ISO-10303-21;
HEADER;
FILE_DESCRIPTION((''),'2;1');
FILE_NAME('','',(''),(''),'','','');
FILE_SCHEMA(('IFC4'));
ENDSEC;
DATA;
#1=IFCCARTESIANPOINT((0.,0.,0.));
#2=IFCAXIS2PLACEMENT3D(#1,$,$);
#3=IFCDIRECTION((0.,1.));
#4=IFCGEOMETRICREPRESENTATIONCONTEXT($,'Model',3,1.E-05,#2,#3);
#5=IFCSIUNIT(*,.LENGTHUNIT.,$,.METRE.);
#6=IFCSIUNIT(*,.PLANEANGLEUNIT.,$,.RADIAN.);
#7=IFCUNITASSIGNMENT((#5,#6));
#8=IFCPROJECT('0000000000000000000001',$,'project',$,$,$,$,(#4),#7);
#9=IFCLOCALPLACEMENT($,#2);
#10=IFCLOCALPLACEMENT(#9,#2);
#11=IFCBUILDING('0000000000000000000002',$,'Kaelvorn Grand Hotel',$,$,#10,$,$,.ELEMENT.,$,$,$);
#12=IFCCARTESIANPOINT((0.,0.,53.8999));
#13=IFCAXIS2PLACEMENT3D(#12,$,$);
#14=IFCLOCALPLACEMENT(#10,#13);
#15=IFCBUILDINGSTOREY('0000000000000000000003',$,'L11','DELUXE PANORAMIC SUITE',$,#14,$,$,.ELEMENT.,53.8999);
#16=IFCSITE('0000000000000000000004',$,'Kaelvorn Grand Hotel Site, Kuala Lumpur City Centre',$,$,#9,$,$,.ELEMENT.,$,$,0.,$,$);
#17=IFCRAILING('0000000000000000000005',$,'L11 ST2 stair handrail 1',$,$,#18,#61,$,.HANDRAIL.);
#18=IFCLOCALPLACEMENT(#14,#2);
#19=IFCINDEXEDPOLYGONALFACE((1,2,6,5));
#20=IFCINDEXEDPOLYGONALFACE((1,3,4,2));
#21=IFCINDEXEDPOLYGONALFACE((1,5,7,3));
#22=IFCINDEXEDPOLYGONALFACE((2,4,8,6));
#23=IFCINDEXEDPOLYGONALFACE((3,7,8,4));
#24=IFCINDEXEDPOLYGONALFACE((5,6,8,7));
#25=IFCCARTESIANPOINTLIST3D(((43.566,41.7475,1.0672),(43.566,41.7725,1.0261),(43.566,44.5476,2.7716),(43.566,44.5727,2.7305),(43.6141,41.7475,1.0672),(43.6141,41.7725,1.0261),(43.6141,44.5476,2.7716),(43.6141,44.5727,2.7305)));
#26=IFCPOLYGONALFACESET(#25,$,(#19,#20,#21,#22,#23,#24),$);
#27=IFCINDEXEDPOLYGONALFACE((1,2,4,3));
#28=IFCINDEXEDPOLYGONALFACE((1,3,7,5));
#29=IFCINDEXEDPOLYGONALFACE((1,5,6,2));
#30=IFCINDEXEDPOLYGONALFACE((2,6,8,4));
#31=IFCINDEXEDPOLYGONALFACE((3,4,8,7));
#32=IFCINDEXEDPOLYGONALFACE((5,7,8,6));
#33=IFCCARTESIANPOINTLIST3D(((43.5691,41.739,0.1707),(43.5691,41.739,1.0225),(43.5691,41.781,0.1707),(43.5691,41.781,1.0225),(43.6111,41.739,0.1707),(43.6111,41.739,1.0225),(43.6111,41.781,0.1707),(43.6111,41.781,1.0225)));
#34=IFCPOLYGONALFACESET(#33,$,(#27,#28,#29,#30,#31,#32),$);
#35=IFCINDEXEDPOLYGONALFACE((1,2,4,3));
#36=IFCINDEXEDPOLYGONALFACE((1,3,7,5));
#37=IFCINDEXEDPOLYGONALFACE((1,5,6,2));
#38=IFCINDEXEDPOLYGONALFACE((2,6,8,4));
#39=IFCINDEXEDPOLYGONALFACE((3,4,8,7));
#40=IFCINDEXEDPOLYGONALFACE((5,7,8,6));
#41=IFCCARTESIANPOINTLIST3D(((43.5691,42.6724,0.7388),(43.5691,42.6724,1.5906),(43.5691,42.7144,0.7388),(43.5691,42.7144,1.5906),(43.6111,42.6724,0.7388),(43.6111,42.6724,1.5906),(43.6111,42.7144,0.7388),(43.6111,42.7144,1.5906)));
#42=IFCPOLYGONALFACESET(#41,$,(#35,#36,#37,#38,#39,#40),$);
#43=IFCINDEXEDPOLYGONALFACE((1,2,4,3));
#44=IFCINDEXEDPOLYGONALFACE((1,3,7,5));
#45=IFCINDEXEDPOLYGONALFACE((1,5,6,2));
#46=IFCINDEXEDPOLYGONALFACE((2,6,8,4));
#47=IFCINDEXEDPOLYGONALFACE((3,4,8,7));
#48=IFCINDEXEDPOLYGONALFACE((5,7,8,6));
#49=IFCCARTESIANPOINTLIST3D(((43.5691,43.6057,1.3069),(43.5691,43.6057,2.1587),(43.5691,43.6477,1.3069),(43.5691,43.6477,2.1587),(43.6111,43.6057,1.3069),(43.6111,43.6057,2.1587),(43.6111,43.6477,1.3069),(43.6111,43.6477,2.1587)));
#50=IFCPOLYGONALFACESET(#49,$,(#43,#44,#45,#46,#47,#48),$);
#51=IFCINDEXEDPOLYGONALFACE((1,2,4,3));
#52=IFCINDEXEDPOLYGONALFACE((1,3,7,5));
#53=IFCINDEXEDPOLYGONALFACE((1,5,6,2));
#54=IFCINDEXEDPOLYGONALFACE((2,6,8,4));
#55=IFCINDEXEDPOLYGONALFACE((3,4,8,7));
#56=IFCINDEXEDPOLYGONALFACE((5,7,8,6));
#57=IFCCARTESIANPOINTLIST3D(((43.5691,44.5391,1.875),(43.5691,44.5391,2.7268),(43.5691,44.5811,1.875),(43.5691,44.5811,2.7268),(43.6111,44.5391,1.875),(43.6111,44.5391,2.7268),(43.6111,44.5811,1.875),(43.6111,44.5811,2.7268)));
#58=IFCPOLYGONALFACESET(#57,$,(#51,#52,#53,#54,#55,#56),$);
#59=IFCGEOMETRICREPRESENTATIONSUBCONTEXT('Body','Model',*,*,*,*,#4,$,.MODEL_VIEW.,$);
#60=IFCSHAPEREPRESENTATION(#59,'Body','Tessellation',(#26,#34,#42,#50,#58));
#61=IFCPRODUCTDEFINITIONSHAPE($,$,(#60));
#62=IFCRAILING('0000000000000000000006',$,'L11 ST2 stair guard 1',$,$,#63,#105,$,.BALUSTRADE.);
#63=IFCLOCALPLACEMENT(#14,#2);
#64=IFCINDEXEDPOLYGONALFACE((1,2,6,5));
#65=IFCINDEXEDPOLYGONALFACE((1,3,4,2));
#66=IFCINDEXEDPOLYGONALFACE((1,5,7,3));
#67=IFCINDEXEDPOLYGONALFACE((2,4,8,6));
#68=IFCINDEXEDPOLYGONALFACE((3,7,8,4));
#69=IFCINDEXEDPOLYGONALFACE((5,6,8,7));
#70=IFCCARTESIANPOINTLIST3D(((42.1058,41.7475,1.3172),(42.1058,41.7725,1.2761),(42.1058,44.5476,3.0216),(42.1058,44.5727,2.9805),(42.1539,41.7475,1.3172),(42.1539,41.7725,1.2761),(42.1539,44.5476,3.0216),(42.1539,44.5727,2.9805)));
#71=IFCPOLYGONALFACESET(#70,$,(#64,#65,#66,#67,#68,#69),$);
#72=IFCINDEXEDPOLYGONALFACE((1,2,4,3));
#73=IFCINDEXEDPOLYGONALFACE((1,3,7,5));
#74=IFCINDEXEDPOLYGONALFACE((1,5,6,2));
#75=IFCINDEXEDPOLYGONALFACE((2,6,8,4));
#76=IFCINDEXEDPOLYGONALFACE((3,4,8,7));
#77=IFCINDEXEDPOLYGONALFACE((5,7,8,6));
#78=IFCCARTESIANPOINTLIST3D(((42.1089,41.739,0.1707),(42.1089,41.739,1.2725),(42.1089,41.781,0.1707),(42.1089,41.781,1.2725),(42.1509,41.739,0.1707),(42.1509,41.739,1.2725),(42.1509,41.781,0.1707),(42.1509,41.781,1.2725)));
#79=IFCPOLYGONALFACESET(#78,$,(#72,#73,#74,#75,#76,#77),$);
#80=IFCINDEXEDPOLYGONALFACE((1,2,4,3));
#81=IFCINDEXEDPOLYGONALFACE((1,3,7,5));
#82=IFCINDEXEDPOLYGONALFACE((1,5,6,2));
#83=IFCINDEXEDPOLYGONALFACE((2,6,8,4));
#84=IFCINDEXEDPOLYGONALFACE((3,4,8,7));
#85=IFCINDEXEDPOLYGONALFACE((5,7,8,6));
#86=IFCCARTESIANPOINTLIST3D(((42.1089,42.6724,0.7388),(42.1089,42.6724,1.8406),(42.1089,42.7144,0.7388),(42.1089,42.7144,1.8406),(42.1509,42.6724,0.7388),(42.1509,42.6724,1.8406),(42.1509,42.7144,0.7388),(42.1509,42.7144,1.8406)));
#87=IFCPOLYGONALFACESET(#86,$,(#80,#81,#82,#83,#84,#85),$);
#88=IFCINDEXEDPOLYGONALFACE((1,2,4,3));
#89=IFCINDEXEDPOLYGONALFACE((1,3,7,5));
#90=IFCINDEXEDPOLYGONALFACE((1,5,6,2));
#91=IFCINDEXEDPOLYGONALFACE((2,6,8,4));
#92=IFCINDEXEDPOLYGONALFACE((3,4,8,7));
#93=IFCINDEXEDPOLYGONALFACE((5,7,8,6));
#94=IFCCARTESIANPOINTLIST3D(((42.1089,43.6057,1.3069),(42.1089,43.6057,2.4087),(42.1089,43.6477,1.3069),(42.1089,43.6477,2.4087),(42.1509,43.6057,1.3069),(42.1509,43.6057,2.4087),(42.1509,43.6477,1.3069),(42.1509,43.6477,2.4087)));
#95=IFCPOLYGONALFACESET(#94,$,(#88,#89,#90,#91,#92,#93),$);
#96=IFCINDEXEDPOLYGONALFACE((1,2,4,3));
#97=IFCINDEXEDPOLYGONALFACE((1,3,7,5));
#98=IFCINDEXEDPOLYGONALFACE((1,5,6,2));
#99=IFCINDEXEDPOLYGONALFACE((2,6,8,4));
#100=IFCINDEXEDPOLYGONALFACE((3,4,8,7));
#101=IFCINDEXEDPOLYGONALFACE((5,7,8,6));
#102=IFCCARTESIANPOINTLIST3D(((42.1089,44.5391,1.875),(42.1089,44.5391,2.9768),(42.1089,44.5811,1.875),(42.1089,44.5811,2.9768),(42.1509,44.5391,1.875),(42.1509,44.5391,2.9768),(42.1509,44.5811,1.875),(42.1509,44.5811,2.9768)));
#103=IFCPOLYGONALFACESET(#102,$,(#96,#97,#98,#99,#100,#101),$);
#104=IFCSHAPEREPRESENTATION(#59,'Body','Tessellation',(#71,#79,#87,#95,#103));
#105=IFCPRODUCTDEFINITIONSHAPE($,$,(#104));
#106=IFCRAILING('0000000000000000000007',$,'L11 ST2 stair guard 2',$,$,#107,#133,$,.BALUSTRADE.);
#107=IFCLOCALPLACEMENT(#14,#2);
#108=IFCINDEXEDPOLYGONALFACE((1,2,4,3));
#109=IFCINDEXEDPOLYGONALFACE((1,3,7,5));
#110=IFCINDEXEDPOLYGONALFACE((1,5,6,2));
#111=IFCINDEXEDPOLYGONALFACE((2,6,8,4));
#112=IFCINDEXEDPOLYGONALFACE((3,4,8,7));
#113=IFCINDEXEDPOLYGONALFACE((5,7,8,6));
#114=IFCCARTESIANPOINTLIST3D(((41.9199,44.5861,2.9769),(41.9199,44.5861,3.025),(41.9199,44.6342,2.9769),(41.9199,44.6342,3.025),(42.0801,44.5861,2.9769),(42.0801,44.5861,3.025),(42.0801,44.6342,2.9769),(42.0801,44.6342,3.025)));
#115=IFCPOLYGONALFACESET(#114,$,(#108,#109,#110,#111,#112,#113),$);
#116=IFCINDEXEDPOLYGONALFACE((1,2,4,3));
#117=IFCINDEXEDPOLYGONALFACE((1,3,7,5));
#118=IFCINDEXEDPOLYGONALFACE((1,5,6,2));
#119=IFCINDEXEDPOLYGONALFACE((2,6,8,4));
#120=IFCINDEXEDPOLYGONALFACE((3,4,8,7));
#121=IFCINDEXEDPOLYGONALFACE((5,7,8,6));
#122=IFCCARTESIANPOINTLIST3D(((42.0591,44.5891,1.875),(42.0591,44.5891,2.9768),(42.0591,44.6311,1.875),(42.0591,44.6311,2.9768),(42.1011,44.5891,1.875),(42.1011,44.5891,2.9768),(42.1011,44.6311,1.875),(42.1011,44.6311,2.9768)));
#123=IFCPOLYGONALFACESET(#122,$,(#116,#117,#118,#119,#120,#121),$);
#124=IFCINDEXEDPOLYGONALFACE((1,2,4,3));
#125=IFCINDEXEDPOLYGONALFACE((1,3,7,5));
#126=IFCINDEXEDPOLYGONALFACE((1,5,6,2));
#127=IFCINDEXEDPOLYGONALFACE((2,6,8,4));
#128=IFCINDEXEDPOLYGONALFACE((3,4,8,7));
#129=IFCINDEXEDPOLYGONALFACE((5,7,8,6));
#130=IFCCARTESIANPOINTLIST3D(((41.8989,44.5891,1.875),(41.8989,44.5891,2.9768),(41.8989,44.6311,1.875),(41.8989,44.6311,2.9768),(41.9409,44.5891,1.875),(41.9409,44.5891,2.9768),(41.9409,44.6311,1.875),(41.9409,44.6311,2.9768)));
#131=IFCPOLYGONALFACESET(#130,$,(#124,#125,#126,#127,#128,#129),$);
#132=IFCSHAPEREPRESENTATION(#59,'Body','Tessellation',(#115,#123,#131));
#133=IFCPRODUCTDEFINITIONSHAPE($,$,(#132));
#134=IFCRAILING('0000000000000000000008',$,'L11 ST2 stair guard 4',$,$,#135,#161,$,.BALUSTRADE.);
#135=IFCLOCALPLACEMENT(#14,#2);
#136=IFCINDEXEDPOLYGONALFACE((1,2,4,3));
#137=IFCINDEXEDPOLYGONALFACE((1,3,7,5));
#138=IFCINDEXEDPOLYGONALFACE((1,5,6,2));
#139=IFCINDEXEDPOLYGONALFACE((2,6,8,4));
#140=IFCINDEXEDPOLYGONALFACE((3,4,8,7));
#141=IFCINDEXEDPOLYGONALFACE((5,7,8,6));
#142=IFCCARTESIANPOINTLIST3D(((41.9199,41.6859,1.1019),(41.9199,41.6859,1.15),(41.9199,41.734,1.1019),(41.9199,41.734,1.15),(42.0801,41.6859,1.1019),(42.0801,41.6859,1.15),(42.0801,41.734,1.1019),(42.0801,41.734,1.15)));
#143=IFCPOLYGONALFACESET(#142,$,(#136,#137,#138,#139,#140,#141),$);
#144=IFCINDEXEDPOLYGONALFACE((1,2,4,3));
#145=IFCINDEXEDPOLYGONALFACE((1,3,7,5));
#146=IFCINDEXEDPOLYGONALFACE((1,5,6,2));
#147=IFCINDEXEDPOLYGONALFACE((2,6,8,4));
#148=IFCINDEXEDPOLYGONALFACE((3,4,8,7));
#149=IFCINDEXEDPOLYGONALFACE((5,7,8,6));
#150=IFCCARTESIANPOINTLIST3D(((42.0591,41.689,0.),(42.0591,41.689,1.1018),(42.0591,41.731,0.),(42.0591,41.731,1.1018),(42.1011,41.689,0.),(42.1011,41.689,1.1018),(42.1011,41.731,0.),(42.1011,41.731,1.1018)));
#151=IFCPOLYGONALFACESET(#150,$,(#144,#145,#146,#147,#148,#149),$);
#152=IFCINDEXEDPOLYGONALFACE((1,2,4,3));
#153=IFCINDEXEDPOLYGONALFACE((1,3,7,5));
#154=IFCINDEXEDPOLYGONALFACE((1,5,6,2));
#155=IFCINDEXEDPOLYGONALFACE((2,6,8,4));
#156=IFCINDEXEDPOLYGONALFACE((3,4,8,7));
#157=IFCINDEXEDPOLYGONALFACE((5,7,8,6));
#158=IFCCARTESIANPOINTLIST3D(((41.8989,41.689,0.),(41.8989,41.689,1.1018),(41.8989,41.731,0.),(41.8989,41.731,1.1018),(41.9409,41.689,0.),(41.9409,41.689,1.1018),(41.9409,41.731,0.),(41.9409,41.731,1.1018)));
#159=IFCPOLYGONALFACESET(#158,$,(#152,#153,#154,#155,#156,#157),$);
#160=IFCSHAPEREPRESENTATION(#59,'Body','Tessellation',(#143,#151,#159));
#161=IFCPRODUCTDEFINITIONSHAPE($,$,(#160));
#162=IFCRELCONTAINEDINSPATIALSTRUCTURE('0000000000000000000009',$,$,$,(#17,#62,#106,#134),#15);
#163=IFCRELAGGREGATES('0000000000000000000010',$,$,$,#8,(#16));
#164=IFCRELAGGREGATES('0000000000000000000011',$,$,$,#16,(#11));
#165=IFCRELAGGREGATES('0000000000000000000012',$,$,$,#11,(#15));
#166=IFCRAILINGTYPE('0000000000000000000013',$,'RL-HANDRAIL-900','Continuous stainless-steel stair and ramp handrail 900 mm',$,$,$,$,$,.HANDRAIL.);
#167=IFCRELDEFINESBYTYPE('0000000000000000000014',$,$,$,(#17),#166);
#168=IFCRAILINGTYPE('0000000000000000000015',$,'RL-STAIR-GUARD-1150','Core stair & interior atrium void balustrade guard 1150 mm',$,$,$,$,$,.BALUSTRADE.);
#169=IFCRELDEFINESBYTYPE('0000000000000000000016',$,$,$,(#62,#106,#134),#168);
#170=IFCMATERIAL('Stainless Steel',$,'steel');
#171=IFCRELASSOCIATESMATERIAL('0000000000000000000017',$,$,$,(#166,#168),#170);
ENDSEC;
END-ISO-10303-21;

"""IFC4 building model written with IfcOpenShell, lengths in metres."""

from ifc_helpers import new_model, si_unit, direction, frame, origin, origin_2d, place, context, subcontext, project, spatial, rectangle, extrude, material, type_object, element, save


model = new_model("IFC4")

# Units and contexts
model_context = context("Model", 3, precision=1e-05, world=origin(), true_north=direction((0.0, 1.0)))
body_context = subcontext(model_context, "Body", "Model", "MODEL_VIEW")
ifc_project = project(units=[si_unit("LENGTHUNIT", "METRE"), si_unit("PLANEANGLEUNIT", "RADIAN")], contexts=[model_context])

# Site, building, storey
site_placement = place(None, origin())
site = spatial("IfcSite", under=ifc_project, at=site_placement, Name="Kaelvorn Grand Hotel Site, Kuala Lumpur City Centre", CompositionType="ELEMENT", RefElevation=0.0)
building_placement = place(site_placement, origin())
building = spatial("IfcBuilding", under=site, at=building_placement, Name="Kaelvorn Grand Hotel", CompositionType="ELEMENT")
storey_placement = place(building_placement, frame((0.0, 0.0, 53.8999)))
storey = spatial("IfcBuildingStorey", under=building, at=storey_placement, Name="L11", Description="DELUXE PANORAMIC SUITE", CompositionType="ELEMENT", Elevation=53.8999)

# Shared definitions
ifc_material_1 = material(Name="Stainless Steel", Category="steel")

# Railings
railing_type_1 = type_object("IfcRailingType", Name="RL-HANDRAIL-900", Description="Continuous stainless-steel stair and ramp handrail 900 mm", PredefinedType="HANDRAIL", material=ifc_material_1)
railing_1_placement = place(storey_placement, frame((43.5901, 41.76, 0.1707)))
element("IfcRailing", 1, at=railing_1_placement, inside=storey, type_object=railing_type_1, Name="L11 ST2 stair handrail 1", PredefinedType="HANDRAIL", context=body_context, shape_type="SweptSolid", body=[
    extrude(rectangle(XDim=0.0481, YDim=0.0481, at=origin_2d()), frame((0.0, 0.0, 0.876), z_axis=(0.0, 0.854203, 0.51994), x_axis=(-1.0, 0.0, 0.0)), (0.0, 0.0, 1.0), 3.2781),
    extrude(rectangle(XDim=0.042, YDim=0.042, at=origin_2d()), origin(), (0.0, 0.0, 1.0), 0.8518),
    extrude(rectangle(XDim=0.042, YDim=0.042, at=origin_2d()), frame((0.0, 0.9333, 0.5681)), (0.0, 0.0, 1.0), 0.8518),
    extrude(rectangle(XDim=0.042, YDim=0.042, at=origin_2d()), frame((0.0, 1.8667, 1.1362)), (0.0, 0.0, 1.0), 0.8518),
    extrude(rectangle(XDim=0.042, YDim=0.042, at=origin_2d()), frame((0.0, 2.8, 1.7043)), (0.0, 0.0, 1.0), 0.8518),
])
railing_type_2 = type_object("IfcRailingType", Name="RL-STAIR-GUARD-1150", Description="Core stair & interior atrium void balustrade guard 1150 mm", PredefinedType="BALUSTRADE", material=ifc_material_1)
railing_2_placement = place(storey_placement, frame((42.1299, 41.76, 0.1707)))
element("IfcRailing", 2, at=railing_2_placement, inside=storey, type_object=railing_type_2, Name="L11 ST2 stair guard 1", PredefinedType="BALUSTRADE", context=body_context, shape_type="SweptSolid", body=[
    extrude(rectangle(XDim=0.0481, YDim=0.0481, at=origin_2d()), frame((0.0, 0.0, 1.126), z_axis=(0.0, 0.854203, 0.51994), x_axis=(-1.0, 0.0, 0.0)), (0.0, 0.0, 1.0), 3.2781),
    extrude(rectangle(XDim=0.042, YDim=0.042, at=origin_2d()), origin(), (0.0, 0.0, 1.0), 1.1018),
    extrude(rectangle(XDim=0.042, YDim=0.042, at=origin_2d()), frame((0.0, 0.9333, 0.5681)), (0.0, 0.0, 1.0), 1.1018),
    extrude(rectangle(XDim=0.042, YDim=0.042, at=origin_2d()), frame((0.0, 1.8667, 1.1362)), (0.0, 0.0, 1.0), 1.1018),
    extrude(rectangle(XDim=0.042, YDim=0.042, at=origin_2d()), frame((0.0, 2.8, 1.7043)), (0.0, 0.0, 1.0), 1.1018),
])
for number, where, name in (
    (3, (42.0801, 44.6101, 1.875), "L11 ST2 stair guard 2"),
    (4, (42.0801, 41.71, 0.0), "L11 ST2 stair guard 4"),
):
    element("IfcRailing", number, at=place(storey_placement, frame(where)), inside=storey, type_object=railing_type_2, Name=name, PredefinedType="BALUSTRADE", context=body_context, shape_type="SweptSolid", body=[
        extrude(rectangle(XDim=0.0481, YDim=0.0481, at=origin_2d()), frame((0.0, 0.0, 1.126), z_axis=(-1.0, 0.0, 0.0), x_axis=(0.0, -1.0, 0.0)), (0.0, 0.0, 1.0), 0.1602),
        extrude(rectangle(XDim=0.042, YDim=0.042, at=origin_2d()), origin(), (0.0, 0.0, 1.0), 1.1018),
        extrude(rectangle(XDim=0.042, YDim=0.042, at=origin_2d()), frame((-0.1602, 0.0, 0.0)), (0.0, 0.0, 1.0), 1.1018),
    ])

save(model, "model.ifc")
